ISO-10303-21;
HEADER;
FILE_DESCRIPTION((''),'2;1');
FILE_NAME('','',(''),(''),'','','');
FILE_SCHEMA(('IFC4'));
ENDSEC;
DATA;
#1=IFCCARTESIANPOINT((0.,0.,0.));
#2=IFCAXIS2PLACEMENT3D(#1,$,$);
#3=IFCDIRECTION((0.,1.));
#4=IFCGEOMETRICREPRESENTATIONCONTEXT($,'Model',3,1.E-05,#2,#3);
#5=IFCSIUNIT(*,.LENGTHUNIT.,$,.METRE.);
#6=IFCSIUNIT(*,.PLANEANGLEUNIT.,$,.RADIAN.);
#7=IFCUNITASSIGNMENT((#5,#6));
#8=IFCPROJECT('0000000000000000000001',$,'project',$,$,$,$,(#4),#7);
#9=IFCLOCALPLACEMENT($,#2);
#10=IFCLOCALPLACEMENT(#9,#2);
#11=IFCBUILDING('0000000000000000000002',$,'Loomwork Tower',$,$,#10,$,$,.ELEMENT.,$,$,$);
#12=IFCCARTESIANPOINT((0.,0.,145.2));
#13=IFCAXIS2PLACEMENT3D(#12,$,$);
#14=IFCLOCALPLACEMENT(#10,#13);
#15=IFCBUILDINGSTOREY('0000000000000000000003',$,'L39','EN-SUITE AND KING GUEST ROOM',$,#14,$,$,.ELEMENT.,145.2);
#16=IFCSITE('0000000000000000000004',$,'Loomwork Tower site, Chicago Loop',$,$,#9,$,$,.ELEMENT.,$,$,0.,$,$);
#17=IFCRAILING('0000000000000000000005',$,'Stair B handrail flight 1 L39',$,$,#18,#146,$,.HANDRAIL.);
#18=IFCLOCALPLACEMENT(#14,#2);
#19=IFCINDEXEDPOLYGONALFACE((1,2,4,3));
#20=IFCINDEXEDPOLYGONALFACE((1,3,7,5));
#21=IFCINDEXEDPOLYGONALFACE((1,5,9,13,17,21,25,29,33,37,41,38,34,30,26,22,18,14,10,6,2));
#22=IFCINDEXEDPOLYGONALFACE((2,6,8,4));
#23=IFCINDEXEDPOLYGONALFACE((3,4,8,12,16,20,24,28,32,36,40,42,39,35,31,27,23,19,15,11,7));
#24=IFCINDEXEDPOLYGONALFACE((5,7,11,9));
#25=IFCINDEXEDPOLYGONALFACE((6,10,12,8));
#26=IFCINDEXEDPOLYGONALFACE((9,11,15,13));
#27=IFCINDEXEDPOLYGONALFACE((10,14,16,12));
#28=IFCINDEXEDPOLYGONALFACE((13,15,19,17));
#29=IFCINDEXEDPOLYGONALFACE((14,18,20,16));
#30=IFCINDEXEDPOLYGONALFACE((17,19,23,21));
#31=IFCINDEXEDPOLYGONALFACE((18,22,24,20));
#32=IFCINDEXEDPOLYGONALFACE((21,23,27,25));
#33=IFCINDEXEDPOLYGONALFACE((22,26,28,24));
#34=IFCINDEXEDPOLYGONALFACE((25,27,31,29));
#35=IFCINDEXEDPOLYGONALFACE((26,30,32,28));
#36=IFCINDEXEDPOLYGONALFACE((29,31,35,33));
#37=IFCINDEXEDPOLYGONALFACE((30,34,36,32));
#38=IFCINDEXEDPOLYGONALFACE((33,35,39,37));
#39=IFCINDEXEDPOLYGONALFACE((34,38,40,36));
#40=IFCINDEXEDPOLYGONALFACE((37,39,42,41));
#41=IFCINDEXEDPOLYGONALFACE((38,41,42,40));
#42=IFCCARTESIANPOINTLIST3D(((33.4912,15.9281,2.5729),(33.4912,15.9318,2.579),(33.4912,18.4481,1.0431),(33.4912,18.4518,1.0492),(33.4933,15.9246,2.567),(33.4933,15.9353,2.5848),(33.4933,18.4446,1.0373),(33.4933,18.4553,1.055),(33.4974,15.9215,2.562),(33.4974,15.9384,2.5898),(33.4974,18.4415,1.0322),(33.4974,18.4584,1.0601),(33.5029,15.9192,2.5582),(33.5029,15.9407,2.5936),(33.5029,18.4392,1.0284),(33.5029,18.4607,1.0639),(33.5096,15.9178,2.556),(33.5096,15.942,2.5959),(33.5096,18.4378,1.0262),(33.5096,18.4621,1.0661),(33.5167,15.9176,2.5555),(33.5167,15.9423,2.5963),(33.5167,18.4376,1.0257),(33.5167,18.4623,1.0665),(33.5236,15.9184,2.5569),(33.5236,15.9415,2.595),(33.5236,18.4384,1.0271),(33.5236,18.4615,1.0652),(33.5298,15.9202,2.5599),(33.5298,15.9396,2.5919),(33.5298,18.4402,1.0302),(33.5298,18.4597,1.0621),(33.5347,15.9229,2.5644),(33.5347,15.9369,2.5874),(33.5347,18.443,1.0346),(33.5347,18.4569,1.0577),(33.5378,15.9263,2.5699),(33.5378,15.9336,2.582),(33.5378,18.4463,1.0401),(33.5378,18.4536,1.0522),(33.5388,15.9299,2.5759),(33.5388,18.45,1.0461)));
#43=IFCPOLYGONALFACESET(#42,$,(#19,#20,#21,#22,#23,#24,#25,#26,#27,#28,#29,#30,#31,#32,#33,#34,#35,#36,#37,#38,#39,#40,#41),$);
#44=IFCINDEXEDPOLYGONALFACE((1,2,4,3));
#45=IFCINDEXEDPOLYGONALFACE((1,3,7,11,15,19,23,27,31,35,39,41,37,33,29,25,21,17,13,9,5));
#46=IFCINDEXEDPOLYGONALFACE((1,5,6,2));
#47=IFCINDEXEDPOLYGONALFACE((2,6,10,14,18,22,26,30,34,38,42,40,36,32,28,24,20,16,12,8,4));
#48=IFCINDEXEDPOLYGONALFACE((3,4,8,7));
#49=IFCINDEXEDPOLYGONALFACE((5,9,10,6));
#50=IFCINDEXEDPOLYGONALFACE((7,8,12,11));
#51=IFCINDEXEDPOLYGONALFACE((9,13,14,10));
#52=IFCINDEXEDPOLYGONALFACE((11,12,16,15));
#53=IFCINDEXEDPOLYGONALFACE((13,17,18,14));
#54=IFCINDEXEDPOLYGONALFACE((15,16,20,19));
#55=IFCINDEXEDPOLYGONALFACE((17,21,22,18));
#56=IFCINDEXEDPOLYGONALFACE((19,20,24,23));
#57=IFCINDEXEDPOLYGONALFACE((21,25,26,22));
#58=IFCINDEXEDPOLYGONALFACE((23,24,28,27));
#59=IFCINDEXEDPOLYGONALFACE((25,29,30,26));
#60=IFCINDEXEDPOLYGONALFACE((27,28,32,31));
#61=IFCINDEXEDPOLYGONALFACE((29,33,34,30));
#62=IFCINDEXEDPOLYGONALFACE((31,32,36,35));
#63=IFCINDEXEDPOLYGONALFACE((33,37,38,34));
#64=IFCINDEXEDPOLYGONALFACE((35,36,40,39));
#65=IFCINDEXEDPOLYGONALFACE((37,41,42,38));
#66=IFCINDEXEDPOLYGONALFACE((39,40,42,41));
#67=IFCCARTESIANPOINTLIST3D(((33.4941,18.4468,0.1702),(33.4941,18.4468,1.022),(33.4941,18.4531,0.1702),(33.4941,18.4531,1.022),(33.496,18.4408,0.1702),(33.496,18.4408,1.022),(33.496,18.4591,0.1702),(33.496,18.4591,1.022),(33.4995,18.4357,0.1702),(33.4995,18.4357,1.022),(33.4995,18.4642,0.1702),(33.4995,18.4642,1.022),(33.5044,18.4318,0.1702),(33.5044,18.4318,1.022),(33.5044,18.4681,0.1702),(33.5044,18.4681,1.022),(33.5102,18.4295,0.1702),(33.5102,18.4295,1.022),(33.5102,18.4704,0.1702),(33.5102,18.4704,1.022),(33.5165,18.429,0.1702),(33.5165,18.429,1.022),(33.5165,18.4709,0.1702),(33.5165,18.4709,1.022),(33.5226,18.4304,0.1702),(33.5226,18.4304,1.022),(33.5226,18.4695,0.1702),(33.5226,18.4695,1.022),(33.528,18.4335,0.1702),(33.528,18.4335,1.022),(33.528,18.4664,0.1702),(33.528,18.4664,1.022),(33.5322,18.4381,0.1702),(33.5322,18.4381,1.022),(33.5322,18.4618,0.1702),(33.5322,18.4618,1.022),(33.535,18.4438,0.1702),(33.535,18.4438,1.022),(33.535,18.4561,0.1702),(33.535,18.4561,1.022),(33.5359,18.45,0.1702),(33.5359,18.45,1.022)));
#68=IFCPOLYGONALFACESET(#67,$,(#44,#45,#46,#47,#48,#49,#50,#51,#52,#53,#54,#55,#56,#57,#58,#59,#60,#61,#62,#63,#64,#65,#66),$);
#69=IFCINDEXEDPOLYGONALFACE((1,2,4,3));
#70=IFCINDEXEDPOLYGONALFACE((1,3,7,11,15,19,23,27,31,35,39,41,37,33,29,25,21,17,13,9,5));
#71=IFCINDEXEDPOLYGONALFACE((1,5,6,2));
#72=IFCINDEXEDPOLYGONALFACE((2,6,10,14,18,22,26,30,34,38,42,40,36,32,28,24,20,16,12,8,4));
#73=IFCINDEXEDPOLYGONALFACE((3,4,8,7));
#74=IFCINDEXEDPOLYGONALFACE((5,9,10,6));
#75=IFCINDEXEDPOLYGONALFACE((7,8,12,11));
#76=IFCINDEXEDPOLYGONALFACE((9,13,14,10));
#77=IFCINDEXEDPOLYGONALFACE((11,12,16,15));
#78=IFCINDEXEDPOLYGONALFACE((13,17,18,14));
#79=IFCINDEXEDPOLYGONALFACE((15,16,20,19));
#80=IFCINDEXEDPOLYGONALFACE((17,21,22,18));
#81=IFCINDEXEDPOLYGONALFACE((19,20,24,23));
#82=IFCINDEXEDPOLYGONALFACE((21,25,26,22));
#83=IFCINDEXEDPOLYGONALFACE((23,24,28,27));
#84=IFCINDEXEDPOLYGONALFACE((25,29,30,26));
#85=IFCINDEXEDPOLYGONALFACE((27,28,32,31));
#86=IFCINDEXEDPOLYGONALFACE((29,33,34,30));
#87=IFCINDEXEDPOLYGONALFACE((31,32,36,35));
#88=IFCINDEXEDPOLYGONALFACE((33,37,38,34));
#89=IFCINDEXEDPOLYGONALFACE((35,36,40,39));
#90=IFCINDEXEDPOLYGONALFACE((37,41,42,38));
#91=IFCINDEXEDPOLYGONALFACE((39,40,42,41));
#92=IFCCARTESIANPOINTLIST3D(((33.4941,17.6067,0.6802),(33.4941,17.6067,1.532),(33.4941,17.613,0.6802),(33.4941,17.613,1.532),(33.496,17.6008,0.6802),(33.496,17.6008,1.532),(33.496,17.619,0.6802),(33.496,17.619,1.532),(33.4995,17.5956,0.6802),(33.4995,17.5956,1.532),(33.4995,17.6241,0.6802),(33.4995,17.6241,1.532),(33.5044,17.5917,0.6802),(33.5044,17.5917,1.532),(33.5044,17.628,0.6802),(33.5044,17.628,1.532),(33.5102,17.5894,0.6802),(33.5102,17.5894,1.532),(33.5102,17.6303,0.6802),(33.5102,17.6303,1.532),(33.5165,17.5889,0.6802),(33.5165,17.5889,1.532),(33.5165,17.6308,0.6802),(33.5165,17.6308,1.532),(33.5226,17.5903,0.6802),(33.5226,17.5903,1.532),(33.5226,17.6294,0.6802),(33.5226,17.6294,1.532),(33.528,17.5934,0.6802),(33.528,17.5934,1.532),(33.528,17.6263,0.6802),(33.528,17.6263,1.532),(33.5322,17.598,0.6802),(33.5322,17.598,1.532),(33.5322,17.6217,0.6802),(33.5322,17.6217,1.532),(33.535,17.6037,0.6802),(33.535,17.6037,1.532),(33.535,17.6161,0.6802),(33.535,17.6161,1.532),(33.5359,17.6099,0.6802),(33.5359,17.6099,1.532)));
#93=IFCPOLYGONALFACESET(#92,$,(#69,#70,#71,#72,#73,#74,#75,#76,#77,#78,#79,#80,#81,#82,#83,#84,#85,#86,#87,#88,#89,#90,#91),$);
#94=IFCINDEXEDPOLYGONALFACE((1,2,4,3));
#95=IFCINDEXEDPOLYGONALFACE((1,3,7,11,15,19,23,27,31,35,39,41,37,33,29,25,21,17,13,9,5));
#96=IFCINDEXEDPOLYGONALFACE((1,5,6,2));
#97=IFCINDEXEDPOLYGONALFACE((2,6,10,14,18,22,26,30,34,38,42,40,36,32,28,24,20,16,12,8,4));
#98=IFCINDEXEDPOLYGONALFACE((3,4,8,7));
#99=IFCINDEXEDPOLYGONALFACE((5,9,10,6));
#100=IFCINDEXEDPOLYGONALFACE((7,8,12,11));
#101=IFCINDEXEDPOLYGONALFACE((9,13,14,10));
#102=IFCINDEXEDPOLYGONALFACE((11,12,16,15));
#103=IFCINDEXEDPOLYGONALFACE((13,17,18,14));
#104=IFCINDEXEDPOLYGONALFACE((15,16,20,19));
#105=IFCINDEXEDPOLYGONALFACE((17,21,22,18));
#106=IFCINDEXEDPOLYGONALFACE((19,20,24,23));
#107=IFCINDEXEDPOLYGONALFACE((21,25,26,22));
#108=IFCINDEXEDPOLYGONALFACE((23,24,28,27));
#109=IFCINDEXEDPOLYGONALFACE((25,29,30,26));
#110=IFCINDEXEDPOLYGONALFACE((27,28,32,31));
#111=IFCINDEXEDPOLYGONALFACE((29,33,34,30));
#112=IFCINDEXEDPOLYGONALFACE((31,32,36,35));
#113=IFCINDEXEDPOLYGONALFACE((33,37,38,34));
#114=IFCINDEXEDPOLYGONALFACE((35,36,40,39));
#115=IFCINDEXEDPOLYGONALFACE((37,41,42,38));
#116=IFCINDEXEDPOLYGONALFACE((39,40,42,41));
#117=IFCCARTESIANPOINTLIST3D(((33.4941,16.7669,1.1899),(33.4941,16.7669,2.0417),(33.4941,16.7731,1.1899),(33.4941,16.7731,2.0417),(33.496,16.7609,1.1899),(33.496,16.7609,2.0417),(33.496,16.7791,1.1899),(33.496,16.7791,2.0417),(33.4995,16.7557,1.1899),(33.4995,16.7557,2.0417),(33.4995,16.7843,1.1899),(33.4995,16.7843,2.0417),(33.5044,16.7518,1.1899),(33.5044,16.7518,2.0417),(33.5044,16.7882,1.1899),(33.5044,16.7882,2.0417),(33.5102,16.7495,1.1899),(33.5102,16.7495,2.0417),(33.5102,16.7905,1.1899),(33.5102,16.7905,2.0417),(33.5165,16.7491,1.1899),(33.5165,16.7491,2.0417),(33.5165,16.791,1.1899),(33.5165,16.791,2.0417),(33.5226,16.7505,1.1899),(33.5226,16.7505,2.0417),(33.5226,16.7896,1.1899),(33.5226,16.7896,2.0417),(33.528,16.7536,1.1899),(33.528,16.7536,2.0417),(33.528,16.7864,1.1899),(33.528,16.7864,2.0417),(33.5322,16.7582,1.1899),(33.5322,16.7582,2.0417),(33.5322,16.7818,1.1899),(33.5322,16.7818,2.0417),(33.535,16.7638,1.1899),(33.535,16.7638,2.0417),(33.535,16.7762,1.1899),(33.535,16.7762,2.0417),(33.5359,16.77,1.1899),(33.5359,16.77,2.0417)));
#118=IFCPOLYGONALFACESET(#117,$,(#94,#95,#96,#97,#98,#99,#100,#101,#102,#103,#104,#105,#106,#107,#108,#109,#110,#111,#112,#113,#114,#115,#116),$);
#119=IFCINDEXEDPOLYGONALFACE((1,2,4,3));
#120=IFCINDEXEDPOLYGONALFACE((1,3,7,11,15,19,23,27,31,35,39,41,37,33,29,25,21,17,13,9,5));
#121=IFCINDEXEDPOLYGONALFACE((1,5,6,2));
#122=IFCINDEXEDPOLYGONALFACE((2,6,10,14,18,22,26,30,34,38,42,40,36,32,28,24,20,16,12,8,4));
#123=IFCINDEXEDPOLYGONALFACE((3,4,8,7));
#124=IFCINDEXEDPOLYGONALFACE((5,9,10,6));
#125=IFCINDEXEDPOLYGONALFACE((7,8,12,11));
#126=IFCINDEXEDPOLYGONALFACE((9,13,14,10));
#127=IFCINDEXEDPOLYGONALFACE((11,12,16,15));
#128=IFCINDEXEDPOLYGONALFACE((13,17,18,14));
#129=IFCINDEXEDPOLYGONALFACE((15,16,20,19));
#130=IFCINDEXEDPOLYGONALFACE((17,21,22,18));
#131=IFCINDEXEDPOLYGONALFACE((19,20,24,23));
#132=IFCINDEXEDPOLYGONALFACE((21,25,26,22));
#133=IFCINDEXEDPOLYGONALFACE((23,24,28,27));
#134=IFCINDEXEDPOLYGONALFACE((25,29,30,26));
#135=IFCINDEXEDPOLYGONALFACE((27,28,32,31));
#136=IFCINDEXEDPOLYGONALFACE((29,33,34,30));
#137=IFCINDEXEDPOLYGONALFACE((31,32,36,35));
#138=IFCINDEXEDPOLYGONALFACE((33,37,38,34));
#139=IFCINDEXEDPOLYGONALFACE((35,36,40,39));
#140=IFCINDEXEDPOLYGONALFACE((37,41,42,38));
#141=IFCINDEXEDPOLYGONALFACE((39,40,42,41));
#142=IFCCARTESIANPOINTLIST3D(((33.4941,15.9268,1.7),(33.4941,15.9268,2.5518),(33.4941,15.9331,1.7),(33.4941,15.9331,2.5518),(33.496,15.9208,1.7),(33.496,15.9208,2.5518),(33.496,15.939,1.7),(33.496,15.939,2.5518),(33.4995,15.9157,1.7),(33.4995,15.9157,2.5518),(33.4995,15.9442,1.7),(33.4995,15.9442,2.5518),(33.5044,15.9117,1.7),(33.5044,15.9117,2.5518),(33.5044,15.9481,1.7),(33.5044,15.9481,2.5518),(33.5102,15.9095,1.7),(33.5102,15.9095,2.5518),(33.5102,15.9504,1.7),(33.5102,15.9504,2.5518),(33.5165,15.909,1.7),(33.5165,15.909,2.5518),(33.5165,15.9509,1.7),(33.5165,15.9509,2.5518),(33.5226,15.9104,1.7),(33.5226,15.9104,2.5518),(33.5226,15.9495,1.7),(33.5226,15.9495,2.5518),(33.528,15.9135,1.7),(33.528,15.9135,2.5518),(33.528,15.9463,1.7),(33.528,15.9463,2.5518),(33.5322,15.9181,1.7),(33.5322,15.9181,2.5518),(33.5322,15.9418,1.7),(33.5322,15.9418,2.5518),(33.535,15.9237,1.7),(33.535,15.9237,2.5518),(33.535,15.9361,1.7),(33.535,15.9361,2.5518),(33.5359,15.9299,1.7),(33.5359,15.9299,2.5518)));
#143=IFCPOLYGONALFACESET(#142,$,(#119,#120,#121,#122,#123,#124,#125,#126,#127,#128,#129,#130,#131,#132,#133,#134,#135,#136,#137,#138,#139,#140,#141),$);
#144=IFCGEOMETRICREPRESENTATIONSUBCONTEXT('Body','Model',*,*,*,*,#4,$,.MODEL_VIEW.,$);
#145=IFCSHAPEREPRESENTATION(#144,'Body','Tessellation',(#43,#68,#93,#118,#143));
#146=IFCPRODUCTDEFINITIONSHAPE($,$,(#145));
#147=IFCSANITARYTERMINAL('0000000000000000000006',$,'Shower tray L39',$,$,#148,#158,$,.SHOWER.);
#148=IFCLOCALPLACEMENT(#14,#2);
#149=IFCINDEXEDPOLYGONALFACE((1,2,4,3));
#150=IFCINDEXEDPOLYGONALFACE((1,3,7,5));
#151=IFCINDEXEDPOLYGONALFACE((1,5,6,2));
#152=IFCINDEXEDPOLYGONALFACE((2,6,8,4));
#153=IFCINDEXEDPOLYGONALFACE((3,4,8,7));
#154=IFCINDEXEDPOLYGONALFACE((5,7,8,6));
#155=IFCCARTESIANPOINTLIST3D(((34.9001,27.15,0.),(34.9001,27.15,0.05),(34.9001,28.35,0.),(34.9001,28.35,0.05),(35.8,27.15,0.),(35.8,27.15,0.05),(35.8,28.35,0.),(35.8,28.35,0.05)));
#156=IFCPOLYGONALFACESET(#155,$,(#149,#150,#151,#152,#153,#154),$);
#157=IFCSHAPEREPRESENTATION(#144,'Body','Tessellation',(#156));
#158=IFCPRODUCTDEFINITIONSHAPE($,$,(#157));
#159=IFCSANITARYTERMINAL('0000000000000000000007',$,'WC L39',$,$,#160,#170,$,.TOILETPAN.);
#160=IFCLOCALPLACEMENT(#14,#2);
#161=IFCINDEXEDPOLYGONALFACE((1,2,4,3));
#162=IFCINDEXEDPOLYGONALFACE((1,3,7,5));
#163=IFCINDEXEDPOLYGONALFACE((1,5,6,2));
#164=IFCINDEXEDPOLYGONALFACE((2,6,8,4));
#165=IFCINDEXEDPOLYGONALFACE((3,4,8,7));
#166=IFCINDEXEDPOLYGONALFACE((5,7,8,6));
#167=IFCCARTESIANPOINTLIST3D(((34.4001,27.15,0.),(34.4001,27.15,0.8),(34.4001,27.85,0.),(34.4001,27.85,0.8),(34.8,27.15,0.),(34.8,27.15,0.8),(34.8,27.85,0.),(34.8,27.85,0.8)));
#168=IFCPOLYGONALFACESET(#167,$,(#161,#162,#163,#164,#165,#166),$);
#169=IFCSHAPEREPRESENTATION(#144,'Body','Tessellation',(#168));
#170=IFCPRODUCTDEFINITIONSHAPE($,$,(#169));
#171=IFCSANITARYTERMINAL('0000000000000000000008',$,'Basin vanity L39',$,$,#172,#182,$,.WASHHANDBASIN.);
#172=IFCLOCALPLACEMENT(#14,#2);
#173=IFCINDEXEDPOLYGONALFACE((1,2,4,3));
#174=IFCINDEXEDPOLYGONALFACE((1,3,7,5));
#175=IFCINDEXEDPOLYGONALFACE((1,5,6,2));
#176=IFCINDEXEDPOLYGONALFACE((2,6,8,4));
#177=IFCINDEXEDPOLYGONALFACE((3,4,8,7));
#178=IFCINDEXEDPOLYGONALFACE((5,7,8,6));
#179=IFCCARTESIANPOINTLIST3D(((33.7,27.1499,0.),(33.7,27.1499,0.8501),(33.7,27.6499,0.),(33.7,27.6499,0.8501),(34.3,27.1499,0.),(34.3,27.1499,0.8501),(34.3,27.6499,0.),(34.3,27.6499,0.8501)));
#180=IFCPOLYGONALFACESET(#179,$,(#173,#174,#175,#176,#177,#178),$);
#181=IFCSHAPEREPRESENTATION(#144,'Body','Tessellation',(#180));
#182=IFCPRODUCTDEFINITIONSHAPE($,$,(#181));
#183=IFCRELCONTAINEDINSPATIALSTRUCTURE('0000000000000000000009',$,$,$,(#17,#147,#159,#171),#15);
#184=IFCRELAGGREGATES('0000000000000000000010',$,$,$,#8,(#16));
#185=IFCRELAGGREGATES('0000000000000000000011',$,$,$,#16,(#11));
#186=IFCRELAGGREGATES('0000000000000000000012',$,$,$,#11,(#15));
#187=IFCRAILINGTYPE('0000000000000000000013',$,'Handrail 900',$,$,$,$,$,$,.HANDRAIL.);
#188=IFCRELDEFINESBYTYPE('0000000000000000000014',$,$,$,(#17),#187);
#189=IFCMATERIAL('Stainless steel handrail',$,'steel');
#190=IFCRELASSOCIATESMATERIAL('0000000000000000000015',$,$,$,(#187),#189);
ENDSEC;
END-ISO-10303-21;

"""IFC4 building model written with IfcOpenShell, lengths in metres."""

from ifc_helpers import new_model, si_unit, direction, frame, origin, origin_2d, place, context, subcontext, project, spatial, rectangle, circle, extrude, material, type_object, element, save


model = new_model("IFC4")

# Units and contexts
model_context = context("Model", 3, precision=1e-05, world=origin(), true_north=direction((0.0, 1.0)))
body_context = subcontext(model_context, "Body", "Model", "MODEL_VIEW")
ifc_project = project(units=[si_unit("LENGTHUNIT", "METRE"), si_unit("PLANEANGLEUNIT", "RADIAN")], contexts=[model_context])

# Site, building, storey
site_placement = place(None, origin())
site = spatial("IfcSite", under=ifc_project, at=site_placement, Name="Loomwork Tower site, Chicago Loop", CompositionType="ELEMENT", RefElevation=0.0)
building_placement = place(site_placement, origin())
building = spatial("IfcBuilding", under=site, at=building_placement, Name="Loomwork Tower", CompositionType="ELEMENT")
storey_placement = place(building_placement, frame((0.0, 0.0, 145.2)))
storey = spatial("IfcBuildingStorey", under=building, at=storey_placement, Name="L39", Description="EN-SUITE AND KING GUEST ROOM", CompositionType="ELEMENT", Elevation=145.2)

# Railing
ifc_material_1 = material(Name="Stainless steel handrail", Category="steel")
railing_type = type_object("IfcRailingType", Name="Handrail 900", PredefinedType="HANDRAIL", material=ifc_material_1)
railing_placement = place(storey_placement, frame((33.5149, 18.45, 0.1702)))
element("IfcRailing", 1, at=railing_placement, inside=storey, type_object=railing_type, Name="Stair B handrail flight 1 L39", PredefinedType="HANDRAIL", context=body_context, shape_type="SweptSolid", body=[
    extrude(circle(Radius=0.0239, at=origin_2d()), frame((0.0, 0.0, 0.876), z_axis=(0.0, -0.854822, 0.518922), x_axis=(1.0, 0.0, 0.0)), (0.0, 0.0, 1.0), 2.948),
    extrude(circle(Radius=0.021, at=origin_2d()), origin(), (0.0, 0.0, 1.0), 0.8518),
    extrude(circle(Radius=0.021, at=origin_2d()), frame((0.0, -0.8401, 0.51)), (0.0, 0.0, 1.0), 0.8518),
    extrude(circle(Radius=0.021, at=origin_2d()), frame((0.0, -1.6799, 1.0198)), (0.0, 0.0, 1.0), 0.8518),
    extrude(circle(Radius=0.021, at=origin_2d()), frame((0.0, -2.52, 1.5298)), (0.0, 0.0, 1.0), 0.8518),
])

# Sanitary terminals
sanitary_terminal_1_placement = place(storey_placement, frame((35.3501, 27.75, 0.0), z_axis=(0.0, 0.0, 1.0), x_axis=(1.0, 0.0, 0.0)))
element("IfcSanitaryTerminal", 2, at=sanitary_terminal_1_placement, inside=storey, Name="Shower tray L39", PredefinedType="SHOWER", context=body_context, shape_type="SweptSolid", body=[
    extrude(rectangle(XDim=0.8999, YDim=1.2, at=origin_2d()), origin(), (0.0, 0.0, 1.0), 0.05),
])
sanitary_terminal_2_placement = place(storey_placement, frame((34.6001, 27.5, 0.0), z_axis=(0.0, 0.0, 1.0), x_axis=(1.0, 0.0, 0.0)))
element("IfcSanitaryTerminal", 3, at=sanitary_terminal_2_placement, inside=storey, Name="WC L39", PredefinedType="TOILETPAN", context=body_context, shape_type="SweptSolid", body=[
    extrude(rectangle(XDim=0.3999, YDim=0.7, at=origin_2d()), origin(), (0.0, 0.0, 1.0), 0.8),
])
sanitary_terminal_3_placement = place(storey_placement, frame((34.0, 27.3999, 0.0), z_axis=(0.0, 0.0, 1.0), x_axis=(1.0, 0.0, 0.0)))
element("IfcSanitaryTerminal", 4, at=sanitary_terminal_3_placement, inside=storey, Name="Basin vanity L39", PredefinedType="WASHHANDBASIN", context=body_context, shape_type="SweptSolid", body=[
    extrude(rectangle(XDim=0.6001, YDim=0.5, at=origin_2d()), origin(), (0.0, 0.0, 1.0), 0.8501),
])

save(model, "model.ifc")
